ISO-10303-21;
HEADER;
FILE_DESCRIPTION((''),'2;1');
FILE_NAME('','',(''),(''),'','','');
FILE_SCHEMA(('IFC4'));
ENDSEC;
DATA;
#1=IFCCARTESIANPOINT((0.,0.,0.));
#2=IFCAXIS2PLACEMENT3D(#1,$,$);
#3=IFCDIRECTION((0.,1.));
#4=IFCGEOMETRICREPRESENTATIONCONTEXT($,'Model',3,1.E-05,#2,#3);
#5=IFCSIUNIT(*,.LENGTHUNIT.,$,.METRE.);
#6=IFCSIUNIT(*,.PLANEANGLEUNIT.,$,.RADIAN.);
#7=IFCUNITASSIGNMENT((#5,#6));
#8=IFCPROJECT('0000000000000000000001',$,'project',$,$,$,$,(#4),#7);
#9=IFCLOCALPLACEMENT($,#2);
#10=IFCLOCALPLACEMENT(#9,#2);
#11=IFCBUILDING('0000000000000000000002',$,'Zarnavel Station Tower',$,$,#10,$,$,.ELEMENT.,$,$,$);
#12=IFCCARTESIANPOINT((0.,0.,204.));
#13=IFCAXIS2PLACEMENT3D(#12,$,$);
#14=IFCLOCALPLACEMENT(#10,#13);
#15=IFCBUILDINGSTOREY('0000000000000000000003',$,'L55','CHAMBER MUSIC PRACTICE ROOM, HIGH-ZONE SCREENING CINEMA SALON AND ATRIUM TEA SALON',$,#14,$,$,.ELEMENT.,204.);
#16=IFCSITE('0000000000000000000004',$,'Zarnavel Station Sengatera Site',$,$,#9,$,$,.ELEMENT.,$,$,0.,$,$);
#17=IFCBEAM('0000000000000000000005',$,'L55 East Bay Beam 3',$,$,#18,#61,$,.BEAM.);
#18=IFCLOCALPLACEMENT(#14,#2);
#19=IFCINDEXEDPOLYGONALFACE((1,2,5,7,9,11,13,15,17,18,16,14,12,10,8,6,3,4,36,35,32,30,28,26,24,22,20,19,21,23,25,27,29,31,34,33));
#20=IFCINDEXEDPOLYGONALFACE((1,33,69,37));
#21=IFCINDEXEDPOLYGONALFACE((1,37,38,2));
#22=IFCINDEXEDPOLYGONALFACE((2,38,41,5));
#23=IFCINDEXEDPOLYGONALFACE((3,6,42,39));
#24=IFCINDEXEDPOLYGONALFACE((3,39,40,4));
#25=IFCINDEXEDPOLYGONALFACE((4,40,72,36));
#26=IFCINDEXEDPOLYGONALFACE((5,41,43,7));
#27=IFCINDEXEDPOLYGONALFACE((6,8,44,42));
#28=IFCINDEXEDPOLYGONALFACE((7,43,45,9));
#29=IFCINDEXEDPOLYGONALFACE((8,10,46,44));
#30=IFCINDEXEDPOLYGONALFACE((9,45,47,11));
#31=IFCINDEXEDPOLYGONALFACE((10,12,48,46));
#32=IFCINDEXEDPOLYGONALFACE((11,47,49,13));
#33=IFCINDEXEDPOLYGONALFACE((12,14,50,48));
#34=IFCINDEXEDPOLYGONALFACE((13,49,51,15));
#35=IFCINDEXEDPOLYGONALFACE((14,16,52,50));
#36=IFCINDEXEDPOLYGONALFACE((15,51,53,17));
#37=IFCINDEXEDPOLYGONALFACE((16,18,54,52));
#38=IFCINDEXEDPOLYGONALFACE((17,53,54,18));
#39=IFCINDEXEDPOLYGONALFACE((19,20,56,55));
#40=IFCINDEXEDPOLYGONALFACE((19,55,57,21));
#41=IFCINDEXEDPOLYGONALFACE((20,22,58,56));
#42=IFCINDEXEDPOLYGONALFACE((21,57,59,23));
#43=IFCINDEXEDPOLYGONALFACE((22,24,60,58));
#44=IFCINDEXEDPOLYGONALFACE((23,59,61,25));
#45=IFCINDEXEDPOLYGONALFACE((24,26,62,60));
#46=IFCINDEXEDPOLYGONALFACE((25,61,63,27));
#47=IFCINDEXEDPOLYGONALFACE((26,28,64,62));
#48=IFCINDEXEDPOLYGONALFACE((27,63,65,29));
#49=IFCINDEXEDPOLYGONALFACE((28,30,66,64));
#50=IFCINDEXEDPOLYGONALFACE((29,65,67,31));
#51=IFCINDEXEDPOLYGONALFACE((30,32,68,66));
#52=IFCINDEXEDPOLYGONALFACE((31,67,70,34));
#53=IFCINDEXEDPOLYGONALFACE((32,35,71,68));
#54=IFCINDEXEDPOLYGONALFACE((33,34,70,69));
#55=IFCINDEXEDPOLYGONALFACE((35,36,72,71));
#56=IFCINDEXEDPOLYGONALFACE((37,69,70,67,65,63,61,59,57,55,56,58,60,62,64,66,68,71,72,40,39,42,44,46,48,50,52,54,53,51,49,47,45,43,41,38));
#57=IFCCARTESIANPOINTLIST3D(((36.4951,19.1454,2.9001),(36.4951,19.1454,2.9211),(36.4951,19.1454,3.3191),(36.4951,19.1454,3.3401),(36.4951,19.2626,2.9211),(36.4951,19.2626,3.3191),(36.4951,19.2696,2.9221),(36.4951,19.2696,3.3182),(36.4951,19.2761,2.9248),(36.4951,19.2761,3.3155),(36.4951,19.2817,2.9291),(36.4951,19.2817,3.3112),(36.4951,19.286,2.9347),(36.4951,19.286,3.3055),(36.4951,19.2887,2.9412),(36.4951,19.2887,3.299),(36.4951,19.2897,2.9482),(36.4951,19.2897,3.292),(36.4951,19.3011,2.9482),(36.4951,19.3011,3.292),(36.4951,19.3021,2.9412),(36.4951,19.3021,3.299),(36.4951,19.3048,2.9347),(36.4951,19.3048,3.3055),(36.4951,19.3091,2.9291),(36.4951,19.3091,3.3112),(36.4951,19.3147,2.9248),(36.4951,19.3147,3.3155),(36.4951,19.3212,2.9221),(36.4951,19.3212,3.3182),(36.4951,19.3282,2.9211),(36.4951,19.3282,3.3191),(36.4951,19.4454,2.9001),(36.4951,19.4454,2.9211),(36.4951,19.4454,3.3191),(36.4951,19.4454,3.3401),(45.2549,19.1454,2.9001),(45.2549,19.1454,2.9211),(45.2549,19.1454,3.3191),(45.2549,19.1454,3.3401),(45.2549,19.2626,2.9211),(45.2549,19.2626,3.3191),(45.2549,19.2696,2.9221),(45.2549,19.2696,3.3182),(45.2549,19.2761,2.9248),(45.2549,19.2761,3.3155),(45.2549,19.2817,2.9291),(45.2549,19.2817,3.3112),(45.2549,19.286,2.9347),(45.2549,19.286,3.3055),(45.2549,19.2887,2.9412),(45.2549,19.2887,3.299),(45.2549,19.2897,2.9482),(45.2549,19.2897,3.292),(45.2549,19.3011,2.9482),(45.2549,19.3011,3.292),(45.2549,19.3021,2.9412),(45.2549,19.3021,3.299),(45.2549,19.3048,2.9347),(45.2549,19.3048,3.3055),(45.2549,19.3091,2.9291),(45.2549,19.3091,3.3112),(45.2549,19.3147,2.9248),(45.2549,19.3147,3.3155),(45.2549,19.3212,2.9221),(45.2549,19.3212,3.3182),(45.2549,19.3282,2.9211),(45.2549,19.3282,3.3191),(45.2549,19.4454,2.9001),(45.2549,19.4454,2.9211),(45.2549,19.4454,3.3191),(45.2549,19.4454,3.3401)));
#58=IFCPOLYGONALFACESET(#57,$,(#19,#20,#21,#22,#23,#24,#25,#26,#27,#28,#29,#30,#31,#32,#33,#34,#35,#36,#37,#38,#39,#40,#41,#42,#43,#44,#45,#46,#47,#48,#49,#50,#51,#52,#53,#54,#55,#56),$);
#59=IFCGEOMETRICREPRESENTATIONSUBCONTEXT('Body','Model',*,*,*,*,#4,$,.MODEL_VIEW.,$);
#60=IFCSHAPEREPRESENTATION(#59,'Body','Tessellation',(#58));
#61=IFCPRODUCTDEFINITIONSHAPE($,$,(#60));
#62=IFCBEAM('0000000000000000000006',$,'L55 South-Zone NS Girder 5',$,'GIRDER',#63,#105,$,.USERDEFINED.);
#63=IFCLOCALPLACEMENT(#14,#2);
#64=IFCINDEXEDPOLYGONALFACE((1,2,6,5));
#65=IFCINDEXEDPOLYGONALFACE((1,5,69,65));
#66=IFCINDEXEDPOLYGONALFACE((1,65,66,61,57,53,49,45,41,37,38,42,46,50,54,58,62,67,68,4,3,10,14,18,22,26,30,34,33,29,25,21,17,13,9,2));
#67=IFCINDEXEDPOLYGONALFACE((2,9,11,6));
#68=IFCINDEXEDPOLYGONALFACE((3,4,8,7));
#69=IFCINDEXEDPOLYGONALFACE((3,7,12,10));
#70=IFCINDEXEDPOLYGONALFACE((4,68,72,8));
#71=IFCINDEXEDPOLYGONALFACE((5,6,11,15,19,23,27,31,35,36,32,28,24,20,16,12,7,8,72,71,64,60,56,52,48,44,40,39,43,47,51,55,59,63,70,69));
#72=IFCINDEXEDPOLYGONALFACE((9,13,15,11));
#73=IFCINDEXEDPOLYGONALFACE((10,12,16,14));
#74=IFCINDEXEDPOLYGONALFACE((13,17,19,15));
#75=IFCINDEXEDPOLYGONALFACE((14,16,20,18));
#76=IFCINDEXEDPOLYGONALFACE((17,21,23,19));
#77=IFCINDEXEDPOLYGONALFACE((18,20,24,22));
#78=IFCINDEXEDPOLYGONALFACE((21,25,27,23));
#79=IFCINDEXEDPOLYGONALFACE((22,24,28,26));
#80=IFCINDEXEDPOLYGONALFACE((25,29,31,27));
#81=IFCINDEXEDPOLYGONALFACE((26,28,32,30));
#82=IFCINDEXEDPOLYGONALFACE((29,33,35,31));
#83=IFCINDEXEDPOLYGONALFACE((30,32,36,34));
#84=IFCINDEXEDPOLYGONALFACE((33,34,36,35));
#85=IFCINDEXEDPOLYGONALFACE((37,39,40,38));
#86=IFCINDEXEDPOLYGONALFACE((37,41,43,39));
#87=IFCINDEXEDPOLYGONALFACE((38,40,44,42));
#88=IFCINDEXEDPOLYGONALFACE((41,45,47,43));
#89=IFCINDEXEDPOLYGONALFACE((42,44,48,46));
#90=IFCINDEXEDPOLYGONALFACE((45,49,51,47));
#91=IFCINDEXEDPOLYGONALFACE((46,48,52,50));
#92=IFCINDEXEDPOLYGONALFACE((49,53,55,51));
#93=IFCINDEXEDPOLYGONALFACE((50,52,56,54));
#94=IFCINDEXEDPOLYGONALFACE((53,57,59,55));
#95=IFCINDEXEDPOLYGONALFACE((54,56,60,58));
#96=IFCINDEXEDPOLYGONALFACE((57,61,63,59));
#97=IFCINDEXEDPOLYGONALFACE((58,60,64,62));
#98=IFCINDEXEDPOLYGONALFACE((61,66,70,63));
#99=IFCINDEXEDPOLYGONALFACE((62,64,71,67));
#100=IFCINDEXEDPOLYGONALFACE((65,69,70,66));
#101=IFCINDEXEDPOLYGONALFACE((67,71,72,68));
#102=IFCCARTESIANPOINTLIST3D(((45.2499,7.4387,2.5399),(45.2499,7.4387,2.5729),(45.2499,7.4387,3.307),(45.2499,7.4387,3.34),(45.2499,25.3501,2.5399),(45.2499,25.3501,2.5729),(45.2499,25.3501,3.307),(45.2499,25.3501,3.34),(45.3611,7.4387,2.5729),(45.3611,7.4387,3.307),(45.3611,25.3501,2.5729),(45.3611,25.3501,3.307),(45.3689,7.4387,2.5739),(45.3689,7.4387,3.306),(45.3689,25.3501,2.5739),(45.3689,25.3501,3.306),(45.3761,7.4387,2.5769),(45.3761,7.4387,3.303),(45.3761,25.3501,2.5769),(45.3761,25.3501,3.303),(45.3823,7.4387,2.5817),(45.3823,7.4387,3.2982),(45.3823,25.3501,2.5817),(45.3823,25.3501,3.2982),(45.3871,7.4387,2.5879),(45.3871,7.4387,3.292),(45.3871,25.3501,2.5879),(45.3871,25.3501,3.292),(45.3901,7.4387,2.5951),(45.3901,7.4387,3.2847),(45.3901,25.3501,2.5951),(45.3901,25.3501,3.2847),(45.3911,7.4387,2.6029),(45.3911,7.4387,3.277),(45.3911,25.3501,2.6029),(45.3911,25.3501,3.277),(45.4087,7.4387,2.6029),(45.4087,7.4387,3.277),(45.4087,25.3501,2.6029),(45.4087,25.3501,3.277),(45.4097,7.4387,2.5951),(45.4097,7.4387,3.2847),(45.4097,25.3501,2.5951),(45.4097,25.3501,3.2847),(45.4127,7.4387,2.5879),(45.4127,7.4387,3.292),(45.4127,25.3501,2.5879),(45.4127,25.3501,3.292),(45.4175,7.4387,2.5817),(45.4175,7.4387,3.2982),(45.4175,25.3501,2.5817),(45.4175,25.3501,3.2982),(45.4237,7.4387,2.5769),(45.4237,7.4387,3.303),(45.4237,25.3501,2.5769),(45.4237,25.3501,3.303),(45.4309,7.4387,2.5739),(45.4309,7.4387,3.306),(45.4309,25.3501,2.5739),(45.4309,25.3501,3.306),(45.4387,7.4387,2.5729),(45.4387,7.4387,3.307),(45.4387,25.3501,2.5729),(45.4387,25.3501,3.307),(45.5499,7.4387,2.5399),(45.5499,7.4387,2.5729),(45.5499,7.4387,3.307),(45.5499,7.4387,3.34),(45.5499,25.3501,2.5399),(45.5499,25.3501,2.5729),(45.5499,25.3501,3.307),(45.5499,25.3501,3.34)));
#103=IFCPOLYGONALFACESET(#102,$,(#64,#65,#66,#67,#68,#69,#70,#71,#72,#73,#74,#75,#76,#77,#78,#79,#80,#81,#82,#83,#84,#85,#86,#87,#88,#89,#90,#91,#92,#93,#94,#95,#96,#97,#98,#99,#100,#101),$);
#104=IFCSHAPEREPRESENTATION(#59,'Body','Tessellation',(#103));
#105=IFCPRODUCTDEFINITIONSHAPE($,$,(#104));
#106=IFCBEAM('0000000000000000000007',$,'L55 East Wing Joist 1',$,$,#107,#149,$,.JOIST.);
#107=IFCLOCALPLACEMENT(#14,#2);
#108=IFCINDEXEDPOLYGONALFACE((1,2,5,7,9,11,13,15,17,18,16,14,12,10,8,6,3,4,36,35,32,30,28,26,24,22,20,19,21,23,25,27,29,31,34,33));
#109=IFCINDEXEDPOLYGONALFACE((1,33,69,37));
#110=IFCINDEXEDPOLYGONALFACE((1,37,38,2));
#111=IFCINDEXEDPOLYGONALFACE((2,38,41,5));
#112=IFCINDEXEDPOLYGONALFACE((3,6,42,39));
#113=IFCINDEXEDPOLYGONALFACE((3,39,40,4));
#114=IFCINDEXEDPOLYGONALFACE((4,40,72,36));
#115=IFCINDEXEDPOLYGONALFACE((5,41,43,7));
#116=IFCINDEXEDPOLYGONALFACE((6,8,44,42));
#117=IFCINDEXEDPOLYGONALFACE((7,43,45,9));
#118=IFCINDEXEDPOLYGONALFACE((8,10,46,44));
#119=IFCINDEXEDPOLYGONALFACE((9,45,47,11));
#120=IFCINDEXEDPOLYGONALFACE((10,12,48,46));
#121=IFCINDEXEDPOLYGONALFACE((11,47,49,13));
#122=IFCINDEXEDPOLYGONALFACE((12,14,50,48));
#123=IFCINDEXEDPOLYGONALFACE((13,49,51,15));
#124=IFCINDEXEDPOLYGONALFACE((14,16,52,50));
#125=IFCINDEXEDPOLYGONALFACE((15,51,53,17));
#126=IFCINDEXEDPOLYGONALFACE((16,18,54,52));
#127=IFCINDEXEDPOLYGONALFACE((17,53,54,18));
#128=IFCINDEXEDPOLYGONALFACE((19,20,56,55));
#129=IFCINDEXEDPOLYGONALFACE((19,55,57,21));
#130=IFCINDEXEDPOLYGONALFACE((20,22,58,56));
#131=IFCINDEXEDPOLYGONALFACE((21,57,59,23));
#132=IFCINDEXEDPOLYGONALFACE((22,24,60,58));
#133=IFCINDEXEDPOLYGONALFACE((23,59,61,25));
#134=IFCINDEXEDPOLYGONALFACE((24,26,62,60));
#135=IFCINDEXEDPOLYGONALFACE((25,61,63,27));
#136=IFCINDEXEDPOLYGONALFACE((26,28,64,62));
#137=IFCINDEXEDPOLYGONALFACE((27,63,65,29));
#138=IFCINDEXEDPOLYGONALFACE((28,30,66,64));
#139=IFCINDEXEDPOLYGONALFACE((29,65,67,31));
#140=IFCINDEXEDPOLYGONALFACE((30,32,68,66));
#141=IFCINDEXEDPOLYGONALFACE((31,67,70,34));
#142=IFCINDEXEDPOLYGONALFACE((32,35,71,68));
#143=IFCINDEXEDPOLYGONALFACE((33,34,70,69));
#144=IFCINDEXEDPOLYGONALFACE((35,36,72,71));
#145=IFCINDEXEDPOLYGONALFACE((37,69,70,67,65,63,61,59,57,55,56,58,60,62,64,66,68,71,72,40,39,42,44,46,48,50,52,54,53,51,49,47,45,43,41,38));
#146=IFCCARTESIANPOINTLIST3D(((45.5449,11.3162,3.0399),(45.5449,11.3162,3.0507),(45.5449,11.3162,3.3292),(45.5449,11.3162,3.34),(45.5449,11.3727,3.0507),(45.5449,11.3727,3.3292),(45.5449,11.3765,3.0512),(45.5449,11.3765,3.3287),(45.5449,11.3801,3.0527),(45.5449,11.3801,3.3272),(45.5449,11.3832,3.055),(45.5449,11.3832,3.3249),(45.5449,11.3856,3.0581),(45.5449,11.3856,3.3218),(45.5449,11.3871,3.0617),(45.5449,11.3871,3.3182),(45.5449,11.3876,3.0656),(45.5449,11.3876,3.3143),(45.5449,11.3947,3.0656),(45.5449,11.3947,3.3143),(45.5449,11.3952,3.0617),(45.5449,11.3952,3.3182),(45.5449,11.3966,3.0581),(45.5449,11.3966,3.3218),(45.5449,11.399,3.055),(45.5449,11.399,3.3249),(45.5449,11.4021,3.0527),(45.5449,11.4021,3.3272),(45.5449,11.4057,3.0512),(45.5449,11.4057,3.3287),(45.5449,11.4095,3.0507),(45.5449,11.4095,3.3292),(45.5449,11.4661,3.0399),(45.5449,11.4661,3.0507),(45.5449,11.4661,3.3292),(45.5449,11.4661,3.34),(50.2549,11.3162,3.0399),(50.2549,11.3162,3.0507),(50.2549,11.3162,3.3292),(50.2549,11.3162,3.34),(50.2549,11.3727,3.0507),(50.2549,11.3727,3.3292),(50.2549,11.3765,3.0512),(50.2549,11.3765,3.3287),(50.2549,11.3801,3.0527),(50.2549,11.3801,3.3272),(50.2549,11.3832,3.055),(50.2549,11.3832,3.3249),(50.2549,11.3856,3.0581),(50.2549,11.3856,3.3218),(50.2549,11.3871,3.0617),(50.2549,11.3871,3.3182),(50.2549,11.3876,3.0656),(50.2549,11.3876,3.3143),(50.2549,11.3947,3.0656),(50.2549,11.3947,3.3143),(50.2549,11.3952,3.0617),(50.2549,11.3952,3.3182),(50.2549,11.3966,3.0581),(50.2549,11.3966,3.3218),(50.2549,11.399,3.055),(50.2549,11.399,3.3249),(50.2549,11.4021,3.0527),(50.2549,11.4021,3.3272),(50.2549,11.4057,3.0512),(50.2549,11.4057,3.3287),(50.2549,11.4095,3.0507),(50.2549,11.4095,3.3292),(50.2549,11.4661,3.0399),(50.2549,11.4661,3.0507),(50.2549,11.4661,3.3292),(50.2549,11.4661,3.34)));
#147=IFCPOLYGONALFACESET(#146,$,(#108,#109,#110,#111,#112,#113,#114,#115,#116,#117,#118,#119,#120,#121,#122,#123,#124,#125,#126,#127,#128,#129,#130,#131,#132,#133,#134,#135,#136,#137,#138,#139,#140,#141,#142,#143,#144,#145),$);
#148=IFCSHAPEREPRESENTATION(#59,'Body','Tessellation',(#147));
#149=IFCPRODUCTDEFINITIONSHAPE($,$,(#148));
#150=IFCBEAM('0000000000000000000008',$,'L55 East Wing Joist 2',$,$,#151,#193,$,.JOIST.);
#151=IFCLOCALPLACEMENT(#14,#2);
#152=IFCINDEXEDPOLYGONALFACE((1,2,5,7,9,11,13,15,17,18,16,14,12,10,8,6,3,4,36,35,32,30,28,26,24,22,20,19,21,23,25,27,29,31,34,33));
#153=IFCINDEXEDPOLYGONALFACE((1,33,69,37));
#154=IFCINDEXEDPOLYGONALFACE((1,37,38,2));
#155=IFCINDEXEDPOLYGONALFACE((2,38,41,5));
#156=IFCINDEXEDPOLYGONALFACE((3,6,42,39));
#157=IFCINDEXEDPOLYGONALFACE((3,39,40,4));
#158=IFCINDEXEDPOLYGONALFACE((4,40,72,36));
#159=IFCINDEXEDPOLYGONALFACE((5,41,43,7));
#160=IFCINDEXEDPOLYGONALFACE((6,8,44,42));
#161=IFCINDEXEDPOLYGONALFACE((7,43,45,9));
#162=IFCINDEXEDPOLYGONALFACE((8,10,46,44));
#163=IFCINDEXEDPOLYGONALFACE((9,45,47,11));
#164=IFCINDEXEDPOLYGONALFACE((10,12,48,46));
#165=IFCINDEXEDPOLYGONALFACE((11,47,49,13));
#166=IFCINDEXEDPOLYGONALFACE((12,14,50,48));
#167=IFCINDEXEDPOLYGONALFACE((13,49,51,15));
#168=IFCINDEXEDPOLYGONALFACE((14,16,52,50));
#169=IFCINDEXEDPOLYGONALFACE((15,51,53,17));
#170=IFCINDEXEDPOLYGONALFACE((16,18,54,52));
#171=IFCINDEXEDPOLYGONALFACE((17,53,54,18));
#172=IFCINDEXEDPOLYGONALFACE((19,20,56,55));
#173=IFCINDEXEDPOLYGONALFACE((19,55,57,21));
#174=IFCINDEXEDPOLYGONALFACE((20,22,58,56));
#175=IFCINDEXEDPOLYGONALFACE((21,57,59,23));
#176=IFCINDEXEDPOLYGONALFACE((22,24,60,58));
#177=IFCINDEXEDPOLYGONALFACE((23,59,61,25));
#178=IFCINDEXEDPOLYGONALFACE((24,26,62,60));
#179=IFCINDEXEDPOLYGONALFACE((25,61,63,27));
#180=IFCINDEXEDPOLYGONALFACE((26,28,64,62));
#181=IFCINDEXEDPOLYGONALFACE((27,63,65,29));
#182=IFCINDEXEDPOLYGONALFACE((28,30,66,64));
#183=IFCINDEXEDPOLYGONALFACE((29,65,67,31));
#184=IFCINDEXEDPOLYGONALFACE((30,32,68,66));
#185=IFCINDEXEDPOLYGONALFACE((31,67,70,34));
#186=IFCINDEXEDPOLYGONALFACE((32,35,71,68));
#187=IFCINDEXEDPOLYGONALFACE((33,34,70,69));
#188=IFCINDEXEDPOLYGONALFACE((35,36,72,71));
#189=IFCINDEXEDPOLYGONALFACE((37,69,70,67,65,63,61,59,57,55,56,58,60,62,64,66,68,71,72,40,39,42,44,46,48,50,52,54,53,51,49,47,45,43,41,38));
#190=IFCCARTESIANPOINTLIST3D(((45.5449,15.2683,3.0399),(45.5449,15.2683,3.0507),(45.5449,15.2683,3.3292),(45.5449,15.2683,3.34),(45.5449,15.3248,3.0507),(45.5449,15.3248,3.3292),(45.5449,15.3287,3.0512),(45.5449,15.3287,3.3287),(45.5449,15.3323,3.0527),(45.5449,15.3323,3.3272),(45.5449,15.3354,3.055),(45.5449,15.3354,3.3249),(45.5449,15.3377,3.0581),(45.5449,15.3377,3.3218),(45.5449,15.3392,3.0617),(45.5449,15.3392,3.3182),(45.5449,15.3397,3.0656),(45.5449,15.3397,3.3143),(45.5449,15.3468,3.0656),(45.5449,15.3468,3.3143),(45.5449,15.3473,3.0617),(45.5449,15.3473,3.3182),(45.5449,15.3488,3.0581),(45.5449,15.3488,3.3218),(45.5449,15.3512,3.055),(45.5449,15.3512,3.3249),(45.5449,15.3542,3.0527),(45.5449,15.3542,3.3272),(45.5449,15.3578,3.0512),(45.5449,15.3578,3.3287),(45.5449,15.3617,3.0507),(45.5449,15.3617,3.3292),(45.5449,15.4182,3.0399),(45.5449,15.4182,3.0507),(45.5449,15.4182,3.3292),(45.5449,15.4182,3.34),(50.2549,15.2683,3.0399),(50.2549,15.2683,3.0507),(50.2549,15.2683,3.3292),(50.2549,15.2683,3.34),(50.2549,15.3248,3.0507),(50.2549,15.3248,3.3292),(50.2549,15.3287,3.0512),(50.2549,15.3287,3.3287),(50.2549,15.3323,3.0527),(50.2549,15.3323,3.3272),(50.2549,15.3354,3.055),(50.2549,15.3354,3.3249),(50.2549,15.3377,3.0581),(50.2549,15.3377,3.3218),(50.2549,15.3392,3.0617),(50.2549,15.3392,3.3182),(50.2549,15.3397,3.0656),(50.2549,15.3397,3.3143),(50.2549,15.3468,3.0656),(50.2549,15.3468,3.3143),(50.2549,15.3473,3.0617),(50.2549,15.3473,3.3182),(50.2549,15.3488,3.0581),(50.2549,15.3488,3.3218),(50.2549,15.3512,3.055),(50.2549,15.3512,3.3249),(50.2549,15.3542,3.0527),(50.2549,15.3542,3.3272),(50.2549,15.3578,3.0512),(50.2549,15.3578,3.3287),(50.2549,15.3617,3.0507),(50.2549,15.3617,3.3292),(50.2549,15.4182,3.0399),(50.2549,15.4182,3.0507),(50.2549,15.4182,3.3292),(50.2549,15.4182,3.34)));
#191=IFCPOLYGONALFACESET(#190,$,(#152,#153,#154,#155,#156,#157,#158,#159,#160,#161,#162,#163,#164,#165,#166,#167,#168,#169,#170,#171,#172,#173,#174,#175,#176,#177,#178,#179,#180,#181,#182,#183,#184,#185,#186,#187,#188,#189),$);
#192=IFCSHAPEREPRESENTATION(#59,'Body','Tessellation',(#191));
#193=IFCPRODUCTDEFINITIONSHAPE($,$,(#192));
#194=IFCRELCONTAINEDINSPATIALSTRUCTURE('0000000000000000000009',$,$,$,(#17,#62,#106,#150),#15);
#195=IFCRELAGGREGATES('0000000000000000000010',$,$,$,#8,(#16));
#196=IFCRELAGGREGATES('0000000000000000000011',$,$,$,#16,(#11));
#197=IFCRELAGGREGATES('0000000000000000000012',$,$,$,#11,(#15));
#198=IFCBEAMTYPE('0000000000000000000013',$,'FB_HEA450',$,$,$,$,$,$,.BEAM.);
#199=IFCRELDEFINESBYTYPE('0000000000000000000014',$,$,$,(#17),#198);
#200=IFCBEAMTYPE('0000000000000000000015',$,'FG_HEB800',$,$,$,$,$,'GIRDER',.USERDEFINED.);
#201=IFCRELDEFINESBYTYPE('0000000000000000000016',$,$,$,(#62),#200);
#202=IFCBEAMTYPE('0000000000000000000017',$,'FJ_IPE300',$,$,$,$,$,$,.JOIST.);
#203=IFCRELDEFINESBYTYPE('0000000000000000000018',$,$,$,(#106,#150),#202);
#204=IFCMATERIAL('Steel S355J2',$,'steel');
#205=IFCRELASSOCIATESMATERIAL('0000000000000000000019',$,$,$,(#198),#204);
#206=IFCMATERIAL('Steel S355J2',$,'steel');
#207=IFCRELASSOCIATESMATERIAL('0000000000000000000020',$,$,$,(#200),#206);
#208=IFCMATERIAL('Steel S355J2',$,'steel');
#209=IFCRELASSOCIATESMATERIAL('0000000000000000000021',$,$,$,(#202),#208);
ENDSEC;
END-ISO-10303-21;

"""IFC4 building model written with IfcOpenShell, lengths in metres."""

from ifc_helpers import new_model, si_unit, direction, frame, origin, origin_2d, place, context, subcontext, project, spatial, i_section, extrude, material, material_profile, profile_set, type_object, element, save


model = new_model("IFC4")

# Units and contexts
model_context = context("Model", 3, precision=1e-05, world=origin(), true_north=direction((0.0, 1.0)))
body_context = subcontext(model_context, "Body", "Model", "MODEL_VIEW")
ifc_project = project(units=[si_unit("LENGTHUNIT", "METRE"), si_unit("PLANEANGLEUNIT", "RADIAN")], contexts=[model_context])

# Site, building, storey
site_placement = place(None, origin())
site = spatial("IfcSite", under=ifc_project, at=site_placement, Name="Zarnavel Station Sengatera Site", CompositionType="ELEMENT", RefElevation=0.0)
building_placement = place(site_placement, origin())
building = spatial("IfcBuilding", under=site, at=building_placement, Name="Zarnavel Station Tower", CompositionType="ELEMENT")
storey_placement = place(building_placement, frame((0.0, 0.0, 204.0)))
storey = spatial("IfcBuildingStorey", under=building, at=storey_placement, Name="L55", Description="CHAMBER MUSIC PRACTICE ROOM, HIGH-ZONE SCREENING CINEMA SALON AND ATRIUM TEA SALON", CompositionType="ELEMENT", Elevation=204.0)

# Beams
ifc_material_1 = material(Name="Steel S355J2", Category="steel")
ifc_material_profile_1 = material_profile(ifc_material_1, i_section(OverallWidth=0.3, OverallDepth=0.4399, WebThickness=0.0115, FlangeThickness=0.021, FilletRadius=0.0271, at=origin_2d()), Name="HEA450")
ifc_profile_set_1 = profile_set([ifc_material_profile_1], Name="Steel S355J2")
beam_type_1 = type_object("IfcBeamType", Name="FB_HEA450", PredefinedType="BEAM", material=ifc_profile_set_1)
for number, where, z_axis, x_axis, name in (
    (1, (36.4951, 19.2954, 3.1201), (1.0, 0.0, 0.0), (0.0, 1.0, 0.0), "L55 East Bay Beam 3"),
):
    element("IfcBeam", number, at=place(storey_placement, frame(where, z_axis=z_axis, x_axis=x_axis)), inside=storey, type_object=beam_type_1, Name=name, PredefinedType="BEAM", context=body_context, shape_type="SweptSolid", body=[
        extrude(i_section(OverallWidth=0.3, OverallDepth=0.4399, WebThickness=0.0115, FlangeThickness=0.021, FilletRadius=0.0271, at=origin_2d()), origin(), (0.0, 0.0, 1.0), 8.7598),
    ])
ifc_material_2 = material(Name="Steel S355J2", Category="steel")
ifc_material_profile_2 = material_profile(ifc_material_2, i_section(OverallWidth=0.3, OverallDepth=0.8, WebThickness=0.0176, FlangeThickness=0.033, FilletRadius=0.03, at=origin_2d()), Name="HEB800")
ifc_profile_set_2 = profile_set([ifc_material_profile_2], Name="Steel S355J2")
beam_type_2 = type_object("IfcBeamType", Name="FG_HEB800", ElementType="GIRDER", PredefinedType="USERDEFINED", material=ifc_profile_set_2)
beam_1_placement = place(storey_placement, frame((45.3999, 7.4387, 2.9399), z_axis=(0.0, 1.0, 0.0), x_axis=(-1.0, 0.0, 0.0)))
element("IfcBeam", 2, at=beam_1_placement, inside=storey, type_object=beam_type_2, Name="L55 South-Zone NS Girder 5", ObjectType="GIRDER", PredefinedType="USERDEFINED", context=body_context, shape_type="SweptSolid", body=[
    extrude(i_section(OverallWidth=0.3, OverallDepth=0.8, WebThickness=0.0176, FlangeThickness=0.033, FilletRadius=0.03, at=origin_2d()), origin(), (0.0, 0.0, 1.0), 17.9114),
])
ifc_material_3 = material(Name="Steel S355J2", Category="steel")
ifc_material_profile_3 = material_profile(ifc_material_3, i_section(OverallWidth=0.1499, OverallDepth=0.3, WebThickness=0.0071, FlangeThickness=0.0107, FilletRadius=0.0149, at=origin_2d()), Name="IPE300")
ifc_profile_set_3 = profile_set([ifc_material_profile_3], Name="Steel S355J2")
beam_type_3 = type_object("IfcBeamType", Name="FJ_IPE300", PredefinedType="JOIST", material=ifc_profile_set_3)
for number, where, z_axis, x_axis, name in (
    (3, (45.5449, 11.3911, 3.1899), (1.0, 0.0, 0.0), (0.0, 1.0, 0.0), "L55 East Wing Joist 1"),
    (4, (45.5449, 15.3433, 3.1899), (1.0, 0.0, 0.0), (0.0, 1.0, 0.0), "L55 East Wing Joist 2"),
):
    element("IfcBeam", number, at=place(storey_placement, frame(where, z_axis=z_axis, x_axis=x_axis)), inside=storey, type_object=beam_type_3, Name=name, PredefinedType="JOIST", context=body_context, shape_type="SweptSolid", body=[
        extrude(i_section(OverallWidth=0.1499, OverallDepth=0.3, WebThickness=0.0071, FlangeThickness=0.0107, FilletRadius=0.0149, at=origin_2d()), origin(), (0.0, 0.0, 1.0), 4.71),
    ])

save(model, "model.ifc")
